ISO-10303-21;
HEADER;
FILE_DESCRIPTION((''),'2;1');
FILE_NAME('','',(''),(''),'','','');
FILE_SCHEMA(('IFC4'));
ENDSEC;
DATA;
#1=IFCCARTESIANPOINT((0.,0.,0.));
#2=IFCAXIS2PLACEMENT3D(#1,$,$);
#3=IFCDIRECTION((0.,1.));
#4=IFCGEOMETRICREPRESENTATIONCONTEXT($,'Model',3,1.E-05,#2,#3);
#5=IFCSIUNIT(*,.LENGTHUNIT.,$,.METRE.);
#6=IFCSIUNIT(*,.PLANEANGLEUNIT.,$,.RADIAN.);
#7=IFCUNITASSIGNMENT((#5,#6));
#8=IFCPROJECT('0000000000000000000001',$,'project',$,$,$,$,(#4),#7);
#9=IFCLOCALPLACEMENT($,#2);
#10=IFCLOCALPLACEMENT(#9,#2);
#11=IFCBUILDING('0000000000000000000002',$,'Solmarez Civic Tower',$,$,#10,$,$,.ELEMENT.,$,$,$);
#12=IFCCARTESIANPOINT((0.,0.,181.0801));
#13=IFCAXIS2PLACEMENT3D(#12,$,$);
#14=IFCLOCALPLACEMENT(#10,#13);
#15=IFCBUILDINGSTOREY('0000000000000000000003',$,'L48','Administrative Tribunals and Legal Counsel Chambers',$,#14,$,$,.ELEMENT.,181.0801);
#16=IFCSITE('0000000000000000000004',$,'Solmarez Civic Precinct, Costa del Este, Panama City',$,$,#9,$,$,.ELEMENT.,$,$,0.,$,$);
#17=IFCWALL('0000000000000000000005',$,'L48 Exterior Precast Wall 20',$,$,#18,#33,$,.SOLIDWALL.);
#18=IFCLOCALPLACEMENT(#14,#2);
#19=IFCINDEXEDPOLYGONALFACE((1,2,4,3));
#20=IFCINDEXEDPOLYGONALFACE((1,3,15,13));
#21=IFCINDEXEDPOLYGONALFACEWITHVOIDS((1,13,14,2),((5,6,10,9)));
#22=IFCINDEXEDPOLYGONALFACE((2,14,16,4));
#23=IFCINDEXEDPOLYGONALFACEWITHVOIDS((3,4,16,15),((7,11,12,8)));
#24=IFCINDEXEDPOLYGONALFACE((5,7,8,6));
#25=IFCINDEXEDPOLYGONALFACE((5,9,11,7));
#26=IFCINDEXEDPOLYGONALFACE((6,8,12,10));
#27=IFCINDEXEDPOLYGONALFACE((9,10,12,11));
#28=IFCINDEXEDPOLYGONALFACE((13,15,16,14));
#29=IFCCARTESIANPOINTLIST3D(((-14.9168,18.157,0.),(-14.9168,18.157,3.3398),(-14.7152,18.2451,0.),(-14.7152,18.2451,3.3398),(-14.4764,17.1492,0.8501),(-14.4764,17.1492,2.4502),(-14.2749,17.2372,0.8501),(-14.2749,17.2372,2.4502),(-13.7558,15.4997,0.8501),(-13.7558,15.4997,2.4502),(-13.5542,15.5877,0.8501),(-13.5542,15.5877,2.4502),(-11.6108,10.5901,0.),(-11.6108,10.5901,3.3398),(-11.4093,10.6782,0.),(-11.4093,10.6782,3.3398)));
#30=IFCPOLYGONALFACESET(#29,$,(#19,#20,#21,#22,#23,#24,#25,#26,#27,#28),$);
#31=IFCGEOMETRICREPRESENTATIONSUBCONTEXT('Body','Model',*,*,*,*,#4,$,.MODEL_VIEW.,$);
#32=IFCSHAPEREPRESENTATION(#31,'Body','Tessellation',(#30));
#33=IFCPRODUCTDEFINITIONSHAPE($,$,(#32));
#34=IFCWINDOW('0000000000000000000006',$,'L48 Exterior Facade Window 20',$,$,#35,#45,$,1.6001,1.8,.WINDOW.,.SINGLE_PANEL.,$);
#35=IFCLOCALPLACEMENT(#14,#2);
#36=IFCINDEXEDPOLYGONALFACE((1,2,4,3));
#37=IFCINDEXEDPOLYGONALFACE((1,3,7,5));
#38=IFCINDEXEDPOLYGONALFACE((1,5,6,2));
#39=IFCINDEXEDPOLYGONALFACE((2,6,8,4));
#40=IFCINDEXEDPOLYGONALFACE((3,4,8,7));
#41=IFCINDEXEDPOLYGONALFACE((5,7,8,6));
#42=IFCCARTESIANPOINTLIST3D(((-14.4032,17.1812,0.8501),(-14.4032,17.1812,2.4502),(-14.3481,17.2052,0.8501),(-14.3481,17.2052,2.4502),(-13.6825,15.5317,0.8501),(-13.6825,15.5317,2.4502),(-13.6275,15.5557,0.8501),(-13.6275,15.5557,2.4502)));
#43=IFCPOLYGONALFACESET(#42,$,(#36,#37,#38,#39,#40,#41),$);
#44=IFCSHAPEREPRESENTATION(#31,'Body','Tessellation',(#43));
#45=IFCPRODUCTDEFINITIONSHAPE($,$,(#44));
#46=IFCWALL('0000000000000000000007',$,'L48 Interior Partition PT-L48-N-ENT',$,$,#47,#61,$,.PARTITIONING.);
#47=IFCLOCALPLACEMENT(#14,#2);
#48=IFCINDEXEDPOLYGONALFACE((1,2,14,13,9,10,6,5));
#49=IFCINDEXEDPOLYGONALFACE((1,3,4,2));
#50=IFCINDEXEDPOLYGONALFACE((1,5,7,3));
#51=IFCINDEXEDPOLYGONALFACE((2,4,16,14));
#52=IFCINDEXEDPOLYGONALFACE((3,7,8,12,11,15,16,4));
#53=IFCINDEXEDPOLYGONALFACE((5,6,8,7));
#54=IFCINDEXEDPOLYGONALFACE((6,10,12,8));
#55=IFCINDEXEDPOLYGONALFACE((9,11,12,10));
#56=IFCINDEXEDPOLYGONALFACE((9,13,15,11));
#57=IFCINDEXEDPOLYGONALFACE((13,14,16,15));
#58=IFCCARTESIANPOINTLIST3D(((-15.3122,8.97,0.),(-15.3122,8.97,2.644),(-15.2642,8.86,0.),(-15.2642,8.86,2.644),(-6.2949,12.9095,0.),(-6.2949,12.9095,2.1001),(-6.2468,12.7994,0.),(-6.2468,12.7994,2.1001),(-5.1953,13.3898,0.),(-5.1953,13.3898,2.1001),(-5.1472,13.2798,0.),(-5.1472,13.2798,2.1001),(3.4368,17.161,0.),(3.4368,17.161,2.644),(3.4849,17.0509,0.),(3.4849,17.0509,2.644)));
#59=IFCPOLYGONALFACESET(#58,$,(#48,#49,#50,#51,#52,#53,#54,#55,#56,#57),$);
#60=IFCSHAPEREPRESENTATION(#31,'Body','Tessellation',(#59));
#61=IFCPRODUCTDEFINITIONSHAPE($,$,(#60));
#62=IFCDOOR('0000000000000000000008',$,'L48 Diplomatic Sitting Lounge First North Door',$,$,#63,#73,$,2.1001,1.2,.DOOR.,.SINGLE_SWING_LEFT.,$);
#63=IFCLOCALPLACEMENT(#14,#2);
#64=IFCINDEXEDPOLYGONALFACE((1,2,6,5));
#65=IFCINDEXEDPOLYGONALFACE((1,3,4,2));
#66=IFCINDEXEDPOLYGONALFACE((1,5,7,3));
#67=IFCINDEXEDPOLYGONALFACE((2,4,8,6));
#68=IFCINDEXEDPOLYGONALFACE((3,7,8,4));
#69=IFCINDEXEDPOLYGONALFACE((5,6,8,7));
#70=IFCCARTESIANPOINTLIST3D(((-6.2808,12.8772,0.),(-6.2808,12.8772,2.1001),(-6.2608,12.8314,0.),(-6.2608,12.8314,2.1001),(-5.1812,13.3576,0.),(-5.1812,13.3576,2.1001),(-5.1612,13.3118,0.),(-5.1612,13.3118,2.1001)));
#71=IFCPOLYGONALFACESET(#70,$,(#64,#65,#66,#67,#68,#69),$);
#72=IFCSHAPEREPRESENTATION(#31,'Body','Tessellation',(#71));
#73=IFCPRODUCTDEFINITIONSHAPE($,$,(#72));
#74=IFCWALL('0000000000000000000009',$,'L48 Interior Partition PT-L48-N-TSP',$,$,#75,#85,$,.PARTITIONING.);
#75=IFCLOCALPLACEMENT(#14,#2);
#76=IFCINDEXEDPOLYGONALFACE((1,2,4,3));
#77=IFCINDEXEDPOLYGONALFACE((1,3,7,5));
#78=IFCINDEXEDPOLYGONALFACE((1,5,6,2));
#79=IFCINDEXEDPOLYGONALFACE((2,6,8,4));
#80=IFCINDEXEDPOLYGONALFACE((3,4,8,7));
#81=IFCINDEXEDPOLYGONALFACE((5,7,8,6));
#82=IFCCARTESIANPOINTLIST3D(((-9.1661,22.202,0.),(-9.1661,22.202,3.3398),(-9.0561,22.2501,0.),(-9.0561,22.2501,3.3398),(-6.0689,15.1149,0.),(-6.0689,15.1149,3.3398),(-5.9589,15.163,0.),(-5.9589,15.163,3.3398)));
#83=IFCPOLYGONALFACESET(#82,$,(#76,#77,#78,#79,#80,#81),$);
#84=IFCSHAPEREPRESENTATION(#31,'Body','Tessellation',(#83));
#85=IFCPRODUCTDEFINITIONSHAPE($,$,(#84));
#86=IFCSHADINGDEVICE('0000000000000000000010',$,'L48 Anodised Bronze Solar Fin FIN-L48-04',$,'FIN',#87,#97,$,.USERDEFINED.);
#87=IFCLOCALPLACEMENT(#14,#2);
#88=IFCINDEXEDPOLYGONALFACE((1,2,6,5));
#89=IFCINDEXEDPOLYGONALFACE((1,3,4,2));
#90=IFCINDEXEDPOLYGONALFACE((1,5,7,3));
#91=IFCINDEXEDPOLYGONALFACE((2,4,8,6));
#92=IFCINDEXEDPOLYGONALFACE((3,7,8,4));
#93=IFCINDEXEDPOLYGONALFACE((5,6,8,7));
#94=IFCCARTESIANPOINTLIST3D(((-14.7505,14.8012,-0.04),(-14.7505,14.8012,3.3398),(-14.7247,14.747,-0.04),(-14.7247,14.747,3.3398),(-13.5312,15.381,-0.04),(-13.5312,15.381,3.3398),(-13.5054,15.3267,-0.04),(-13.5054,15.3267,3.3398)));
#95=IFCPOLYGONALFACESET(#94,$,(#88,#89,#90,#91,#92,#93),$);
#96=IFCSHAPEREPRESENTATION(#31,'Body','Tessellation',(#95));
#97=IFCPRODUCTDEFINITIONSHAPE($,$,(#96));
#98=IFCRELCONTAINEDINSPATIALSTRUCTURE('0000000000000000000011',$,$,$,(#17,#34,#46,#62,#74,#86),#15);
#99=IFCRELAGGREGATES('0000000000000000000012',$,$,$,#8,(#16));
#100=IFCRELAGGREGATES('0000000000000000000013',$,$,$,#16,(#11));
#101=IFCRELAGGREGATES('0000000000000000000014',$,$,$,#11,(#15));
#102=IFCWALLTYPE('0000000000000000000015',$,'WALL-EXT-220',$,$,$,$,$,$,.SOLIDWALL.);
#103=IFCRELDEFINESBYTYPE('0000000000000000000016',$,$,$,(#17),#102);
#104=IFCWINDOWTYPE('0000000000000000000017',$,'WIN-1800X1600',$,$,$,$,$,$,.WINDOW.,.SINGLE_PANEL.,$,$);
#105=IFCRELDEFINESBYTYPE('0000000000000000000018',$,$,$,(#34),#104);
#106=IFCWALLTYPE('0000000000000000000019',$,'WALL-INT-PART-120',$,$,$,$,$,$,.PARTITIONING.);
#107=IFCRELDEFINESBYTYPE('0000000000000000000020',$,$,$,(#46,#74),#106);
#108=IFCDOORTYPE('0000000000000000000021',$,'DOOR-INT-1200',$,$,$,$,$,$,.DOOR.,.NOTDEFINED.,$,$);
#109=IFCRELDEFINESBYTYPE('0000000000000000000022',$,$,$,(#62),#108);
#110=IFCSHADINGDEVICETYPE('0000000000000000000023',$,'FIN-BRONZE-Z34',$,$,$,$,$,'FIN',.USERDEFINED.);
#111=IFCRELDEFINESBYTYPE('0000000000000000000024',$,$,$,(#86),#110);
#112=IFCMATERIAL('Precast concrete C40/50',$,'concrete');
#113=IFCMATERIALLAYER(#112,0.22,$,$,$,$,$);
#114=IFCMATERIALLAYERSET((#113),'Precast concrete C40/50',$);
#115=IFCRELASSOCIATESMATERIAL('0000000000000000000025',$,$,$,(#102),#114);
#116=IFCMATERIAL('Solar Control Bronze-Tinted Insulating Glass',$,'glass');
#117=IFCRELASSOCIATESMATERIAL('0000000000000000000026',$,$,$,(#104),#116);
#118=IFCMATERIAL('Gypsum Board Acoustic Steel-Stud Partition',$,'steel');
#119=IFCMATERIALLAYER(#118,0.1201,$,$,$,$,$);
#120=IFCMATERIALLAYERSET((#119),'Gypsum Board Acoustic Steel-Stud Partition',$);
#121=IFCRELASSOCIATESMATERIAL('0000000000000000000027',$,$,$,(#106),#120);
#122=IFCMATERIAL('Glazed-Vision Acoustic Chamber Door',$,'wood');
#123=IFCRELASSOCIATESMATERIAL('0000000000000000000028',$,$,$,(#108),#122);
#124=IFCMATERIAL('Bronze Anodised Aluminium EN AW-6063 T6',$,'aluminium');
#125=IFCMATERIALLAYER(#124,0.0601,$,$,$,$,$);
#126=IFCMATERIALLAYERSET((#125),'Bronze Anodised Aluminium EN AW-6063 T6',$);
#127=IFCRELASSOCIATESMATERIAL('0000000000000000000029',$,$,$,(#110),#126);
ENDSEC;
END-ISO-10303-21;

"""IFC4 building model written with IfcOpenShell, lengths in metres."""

from ifc_helpers import new_model, si_unit, direction, frame, frame_2d, origin, origin_2d, place, context, subcontext, project, spatial, rectangle, extrude, material, layer, layer_set, type_object, element, fill, save


model = new_model("IFC4")

# Units and contexts
model_context = context("Model", 3, precision=1e-05, world=origin(), true_north=direction((0.0, 1.0)))
body_context = subcontext(model_context, "Body", "Model", "MODEL_VIEW")
ifc_project = project(units=[si_unit("LENGTHUNIT", "METRE"), si_unit("PLANEANGLEUNIT", "RADIAN")], contexts=[model_context])

# Site, building, storey
site_placement = place(None, origin())
site = spatial("IfcSite", under=ifc_project, at=site_placement, Name="Solmarez Civic Precinct, Costa del Este, Panama City", CompositionType="ELEMENT", RefElevation=0.0)
building_placement = place(site_placement, origin())
building = spatial("IfcBuilding", under=site, at=building_placement, Name="Solmarez Civic Tower", CompositionType="ELEMENT")
storey_placement = place(building_placement, frame((0.0, 0.0, 181.0801)))
storey = spatial("IfcBuildingStorey", under=building, at=storey_placement, Name="L48", Description="Administrative Tribunals and Legal Counsel Chambers", CompositionType="ELEMENT", Elevation=181.0801)

# Wall, opening, window
ifc_material_1 = material(Name="Precast concrete C40/50", Category="concrete")
ifc_layer_1 = layer(ifc_material_1, 0.22)
ifc_layer_set_1 = layer_set([ifc_layer_1], Name="Precast concrete C40/50")
wall_type_1 = type_object("IfcWallType", Name="WALL-EXT-220", PredefinedType="SOLIDWALL", material=ifc_layer_set_1)
wall_1_placement = place(storey_placement, frame((-11.51, 10.634, 0.0), z_axis=(0.0, 0.0, 1.0), x_axis=(-0.40035, 0.916362, 0.0)))
wall_1 = element("IfcWall", 1, at=wall_1_placement, inside=storey, type_object=wall_type_1, Name="L48 Exterior Precast Wall 20", PredefinedType="SOLIDWALL", context=body_context, shape_type="SweptSolid", body=[
    extrude(rectangle(XDim=8.2576, YDim=0.22, at=frame_2d((4.1289, 0.0))), origin(), (0.0, 0.0, 1.0), 3.3398),
])
opening_1_placement = place(wall_1_placement, frame((5.3579, 0.0, 0.8501)))
opening_1 = element("IfcOpeningElement", 2, at=opening_1_placement, cuts=wall_1, PredefinedType="OPENING", context=body_context, shape_type="SweptSolid", body=[
    extrude(rectangle(XDim=1.8, YDim=1.6001, at=frame_2d((0.8999, 0.8))), frame((0.0, 0.1199, 0.0), z_axis=(0.0, -1.0, 0.0), x_axis=(1.0, 0.0, 0.0)), (0.0, 0.0, 1.0), 0.24),
])
ifc_material_2 = material(Name="Solar Control Bronze-Tinted Insulating Glass", Category="glass")
window_type = type_object("IfcWindowType", Name="WIN-1800X1600", PartitioningType="SINGLE_PANEL", PredefinedType="WINDOW", material=ifc_material_2)
window_placement = place(opening_1_placement, origin())
window = element("IfcWindow", 3, at=window_placement, inside=storey, type_object=window_type, Name="L48 Exterior Facade Window 20", OverallHeight=1.6001, OverallWidth=1.8, PartitioningType="SINGLE_PANEL", PredefinedType="WINDOW", context=body_context, shape_type="SweptSolid", body=[
    extrude(rectangle(XDim=1.8, YDim=1.6001, at=frame_2d((0.8999, 0.8))), frame((0.0, 0.03, 0.0), z_axis=(0.0, -1.0, 0.0), x_axis=(1.0, 0.0, 0.0)), (0.0, 0.0, 1.0), 0.0601),
])
fill(opening_1, window)

# Wall, opening, door
ifc_material_3 = material(Name="Gypsum Board Acoustic Steel-Stud Partition", Category="steel")
ifc_layer_2 = layer(ifc_material_3, 0.1201)
ifc_layer_set_2 = layer_set([ifc_layer_2], Name="Gypsum Board Acoustic Steel-Stud Partition")
wall_type_2 = type_object("IfcWallType", Name="WALL-INT-PART-120", PredefinedType="PARTITIONING", material=ifc_layer_set_2)
wall_2_placement = place(storey_placement, frame((-15.2881, 8.915, 0.0), z_axis=(0.0, 0.0, 1.0), x_axis=(0.916369, 0.400336, 0.0)))
wall_2 = element("IfcWall", 4, at=wall_2_placement, inside=storey, type_object=wall_type_2, Name="L48 Interior Partition PT-L48-N-ENT", PredefinedType="PARTITIONING", context=body_context, shape_type="SweptSolid", body=[
    extrude(rectangle(XDim=20.4602, YDim=0.1201, at=frame_2d((10.23, 0.0))), origin(), (0.0, 0.0, 1.0), 2.644),
])
opening_2_placement = place(wall_2_placement, frame((9.8401, 0.0, 0.0)))
opening_2 = element("IfcOpeningElement", 5, at=opening_2_placement, cuts=wall_2, PredefinedType="OPENING", context=body_context, shape_type="SweptSolid", body=[
    extrude(rectangle(XDim=1.2, YDim=2.1001, at=frame_2d((0.6001, 1.05))), frame((0.0, 0.0701, 0.0), z_axis=(0.0, -1.0, 0.0), x_axis=(1.0, 0.0, 0.0)), (0.0, 0.0, 1.0), 0.1401),
])
ifc_material_4 = material(Name="Glazed-Vision Acoustic Chamber Door", Category="wood")
door_type = type_object("IfcDoorType", Name="DOOR-INT-1200", OperationType="NOTDEFINED", PredefinedType="DOOR", material=ifc_material_4)
door_placement = place(opening_2_placement, origin())
door = element("IfcDoor", 6, at=door_placement, inside=storey, type_object=door_type, Name="L48 Diplomatic Sitting Lounge First North Door", OperationType="SINGLE_SWING_LEFT", OverallHeight=2.1001, OverallWidth=1.2, PredefinedType="DOOR", context=body_context, shape_type="SweptSolid", body=[
    extrude(rectangle(XDim=1.2, YDim=2.1001, at=frame_2d((0.6001, 1.05))), frame((0.0, 0.0249, 0.0), z_axis=(0.0, -1.0, 0.0), x_axis=(1.0, 0.0, 0.0)), (0.0, 0.0, 1.0), 0.05),
])
fill(opening_2, door)

# Wall
wall_3_placement = place(storey_placement, frame((-6.0139, 15.1389, 0.0), z_axis=(0.0, 0.0, 1.0), x_axis=(-0.400443, 0.916322, 0.0)))
element("IfcWall", 7, at=wall_3_placement, inside=storey, type_object=wall_type_2, Name="L48 Interior Partition PT-L48-N-TSP", PredefinedType="PARTITIONING", context=body_context, shape_type="SweptSolid", body=[
    extrude(rectangle(XDim=7.7344, YDim=0.1201, at=frame_2d((3.8672, 0.0))), origin(), (0.0, 0.0, 1.0), 3.3398),
])

# Shading device
ifc_material_5 = material(Name="Bronze Anodised Aluminium EN AW-6063 T6", Category="aluminium")
ifc_layer_3 = layer(ifc_material_5, 0.0601)
ifc_layer_set_3 = layer_set([ifc_layer_3], Name="Bronze Anodised Aluminium EN AW-6063 T6")
shading_device_type = type_object("IfcShadingDeviceType", Name="FIN-BRONZE-Z34", ElementType="FIN", PredefinedType="USERDEFINED", material=ifc_layer_set_3)
shading_device_placement = place(storey_placement, frame((-14.1279, 15.064, -0.04), z_axis=(0.0, 0.0, 1.0), x_axis=(-0.903111, -0.429408, 0.0)))
element("IfcShadingDevice", 8, at=shading_device_placement, inside=storey, type_object=shading_device_type, Name="L48 Anodised Bronze Solar Fin FIN-L48-04", ObjectType="FIN", PredefinedType="USERDEFINED", context=body_context, shape_type="SweptSolid", body=[
    extrude(rectangle(XDim=1.3501, YDim=0.0601, at=origin_2d()), origin(), (0.0, 0.0, 1.0), 3.3799),
])

save(model, "model.ifc")
